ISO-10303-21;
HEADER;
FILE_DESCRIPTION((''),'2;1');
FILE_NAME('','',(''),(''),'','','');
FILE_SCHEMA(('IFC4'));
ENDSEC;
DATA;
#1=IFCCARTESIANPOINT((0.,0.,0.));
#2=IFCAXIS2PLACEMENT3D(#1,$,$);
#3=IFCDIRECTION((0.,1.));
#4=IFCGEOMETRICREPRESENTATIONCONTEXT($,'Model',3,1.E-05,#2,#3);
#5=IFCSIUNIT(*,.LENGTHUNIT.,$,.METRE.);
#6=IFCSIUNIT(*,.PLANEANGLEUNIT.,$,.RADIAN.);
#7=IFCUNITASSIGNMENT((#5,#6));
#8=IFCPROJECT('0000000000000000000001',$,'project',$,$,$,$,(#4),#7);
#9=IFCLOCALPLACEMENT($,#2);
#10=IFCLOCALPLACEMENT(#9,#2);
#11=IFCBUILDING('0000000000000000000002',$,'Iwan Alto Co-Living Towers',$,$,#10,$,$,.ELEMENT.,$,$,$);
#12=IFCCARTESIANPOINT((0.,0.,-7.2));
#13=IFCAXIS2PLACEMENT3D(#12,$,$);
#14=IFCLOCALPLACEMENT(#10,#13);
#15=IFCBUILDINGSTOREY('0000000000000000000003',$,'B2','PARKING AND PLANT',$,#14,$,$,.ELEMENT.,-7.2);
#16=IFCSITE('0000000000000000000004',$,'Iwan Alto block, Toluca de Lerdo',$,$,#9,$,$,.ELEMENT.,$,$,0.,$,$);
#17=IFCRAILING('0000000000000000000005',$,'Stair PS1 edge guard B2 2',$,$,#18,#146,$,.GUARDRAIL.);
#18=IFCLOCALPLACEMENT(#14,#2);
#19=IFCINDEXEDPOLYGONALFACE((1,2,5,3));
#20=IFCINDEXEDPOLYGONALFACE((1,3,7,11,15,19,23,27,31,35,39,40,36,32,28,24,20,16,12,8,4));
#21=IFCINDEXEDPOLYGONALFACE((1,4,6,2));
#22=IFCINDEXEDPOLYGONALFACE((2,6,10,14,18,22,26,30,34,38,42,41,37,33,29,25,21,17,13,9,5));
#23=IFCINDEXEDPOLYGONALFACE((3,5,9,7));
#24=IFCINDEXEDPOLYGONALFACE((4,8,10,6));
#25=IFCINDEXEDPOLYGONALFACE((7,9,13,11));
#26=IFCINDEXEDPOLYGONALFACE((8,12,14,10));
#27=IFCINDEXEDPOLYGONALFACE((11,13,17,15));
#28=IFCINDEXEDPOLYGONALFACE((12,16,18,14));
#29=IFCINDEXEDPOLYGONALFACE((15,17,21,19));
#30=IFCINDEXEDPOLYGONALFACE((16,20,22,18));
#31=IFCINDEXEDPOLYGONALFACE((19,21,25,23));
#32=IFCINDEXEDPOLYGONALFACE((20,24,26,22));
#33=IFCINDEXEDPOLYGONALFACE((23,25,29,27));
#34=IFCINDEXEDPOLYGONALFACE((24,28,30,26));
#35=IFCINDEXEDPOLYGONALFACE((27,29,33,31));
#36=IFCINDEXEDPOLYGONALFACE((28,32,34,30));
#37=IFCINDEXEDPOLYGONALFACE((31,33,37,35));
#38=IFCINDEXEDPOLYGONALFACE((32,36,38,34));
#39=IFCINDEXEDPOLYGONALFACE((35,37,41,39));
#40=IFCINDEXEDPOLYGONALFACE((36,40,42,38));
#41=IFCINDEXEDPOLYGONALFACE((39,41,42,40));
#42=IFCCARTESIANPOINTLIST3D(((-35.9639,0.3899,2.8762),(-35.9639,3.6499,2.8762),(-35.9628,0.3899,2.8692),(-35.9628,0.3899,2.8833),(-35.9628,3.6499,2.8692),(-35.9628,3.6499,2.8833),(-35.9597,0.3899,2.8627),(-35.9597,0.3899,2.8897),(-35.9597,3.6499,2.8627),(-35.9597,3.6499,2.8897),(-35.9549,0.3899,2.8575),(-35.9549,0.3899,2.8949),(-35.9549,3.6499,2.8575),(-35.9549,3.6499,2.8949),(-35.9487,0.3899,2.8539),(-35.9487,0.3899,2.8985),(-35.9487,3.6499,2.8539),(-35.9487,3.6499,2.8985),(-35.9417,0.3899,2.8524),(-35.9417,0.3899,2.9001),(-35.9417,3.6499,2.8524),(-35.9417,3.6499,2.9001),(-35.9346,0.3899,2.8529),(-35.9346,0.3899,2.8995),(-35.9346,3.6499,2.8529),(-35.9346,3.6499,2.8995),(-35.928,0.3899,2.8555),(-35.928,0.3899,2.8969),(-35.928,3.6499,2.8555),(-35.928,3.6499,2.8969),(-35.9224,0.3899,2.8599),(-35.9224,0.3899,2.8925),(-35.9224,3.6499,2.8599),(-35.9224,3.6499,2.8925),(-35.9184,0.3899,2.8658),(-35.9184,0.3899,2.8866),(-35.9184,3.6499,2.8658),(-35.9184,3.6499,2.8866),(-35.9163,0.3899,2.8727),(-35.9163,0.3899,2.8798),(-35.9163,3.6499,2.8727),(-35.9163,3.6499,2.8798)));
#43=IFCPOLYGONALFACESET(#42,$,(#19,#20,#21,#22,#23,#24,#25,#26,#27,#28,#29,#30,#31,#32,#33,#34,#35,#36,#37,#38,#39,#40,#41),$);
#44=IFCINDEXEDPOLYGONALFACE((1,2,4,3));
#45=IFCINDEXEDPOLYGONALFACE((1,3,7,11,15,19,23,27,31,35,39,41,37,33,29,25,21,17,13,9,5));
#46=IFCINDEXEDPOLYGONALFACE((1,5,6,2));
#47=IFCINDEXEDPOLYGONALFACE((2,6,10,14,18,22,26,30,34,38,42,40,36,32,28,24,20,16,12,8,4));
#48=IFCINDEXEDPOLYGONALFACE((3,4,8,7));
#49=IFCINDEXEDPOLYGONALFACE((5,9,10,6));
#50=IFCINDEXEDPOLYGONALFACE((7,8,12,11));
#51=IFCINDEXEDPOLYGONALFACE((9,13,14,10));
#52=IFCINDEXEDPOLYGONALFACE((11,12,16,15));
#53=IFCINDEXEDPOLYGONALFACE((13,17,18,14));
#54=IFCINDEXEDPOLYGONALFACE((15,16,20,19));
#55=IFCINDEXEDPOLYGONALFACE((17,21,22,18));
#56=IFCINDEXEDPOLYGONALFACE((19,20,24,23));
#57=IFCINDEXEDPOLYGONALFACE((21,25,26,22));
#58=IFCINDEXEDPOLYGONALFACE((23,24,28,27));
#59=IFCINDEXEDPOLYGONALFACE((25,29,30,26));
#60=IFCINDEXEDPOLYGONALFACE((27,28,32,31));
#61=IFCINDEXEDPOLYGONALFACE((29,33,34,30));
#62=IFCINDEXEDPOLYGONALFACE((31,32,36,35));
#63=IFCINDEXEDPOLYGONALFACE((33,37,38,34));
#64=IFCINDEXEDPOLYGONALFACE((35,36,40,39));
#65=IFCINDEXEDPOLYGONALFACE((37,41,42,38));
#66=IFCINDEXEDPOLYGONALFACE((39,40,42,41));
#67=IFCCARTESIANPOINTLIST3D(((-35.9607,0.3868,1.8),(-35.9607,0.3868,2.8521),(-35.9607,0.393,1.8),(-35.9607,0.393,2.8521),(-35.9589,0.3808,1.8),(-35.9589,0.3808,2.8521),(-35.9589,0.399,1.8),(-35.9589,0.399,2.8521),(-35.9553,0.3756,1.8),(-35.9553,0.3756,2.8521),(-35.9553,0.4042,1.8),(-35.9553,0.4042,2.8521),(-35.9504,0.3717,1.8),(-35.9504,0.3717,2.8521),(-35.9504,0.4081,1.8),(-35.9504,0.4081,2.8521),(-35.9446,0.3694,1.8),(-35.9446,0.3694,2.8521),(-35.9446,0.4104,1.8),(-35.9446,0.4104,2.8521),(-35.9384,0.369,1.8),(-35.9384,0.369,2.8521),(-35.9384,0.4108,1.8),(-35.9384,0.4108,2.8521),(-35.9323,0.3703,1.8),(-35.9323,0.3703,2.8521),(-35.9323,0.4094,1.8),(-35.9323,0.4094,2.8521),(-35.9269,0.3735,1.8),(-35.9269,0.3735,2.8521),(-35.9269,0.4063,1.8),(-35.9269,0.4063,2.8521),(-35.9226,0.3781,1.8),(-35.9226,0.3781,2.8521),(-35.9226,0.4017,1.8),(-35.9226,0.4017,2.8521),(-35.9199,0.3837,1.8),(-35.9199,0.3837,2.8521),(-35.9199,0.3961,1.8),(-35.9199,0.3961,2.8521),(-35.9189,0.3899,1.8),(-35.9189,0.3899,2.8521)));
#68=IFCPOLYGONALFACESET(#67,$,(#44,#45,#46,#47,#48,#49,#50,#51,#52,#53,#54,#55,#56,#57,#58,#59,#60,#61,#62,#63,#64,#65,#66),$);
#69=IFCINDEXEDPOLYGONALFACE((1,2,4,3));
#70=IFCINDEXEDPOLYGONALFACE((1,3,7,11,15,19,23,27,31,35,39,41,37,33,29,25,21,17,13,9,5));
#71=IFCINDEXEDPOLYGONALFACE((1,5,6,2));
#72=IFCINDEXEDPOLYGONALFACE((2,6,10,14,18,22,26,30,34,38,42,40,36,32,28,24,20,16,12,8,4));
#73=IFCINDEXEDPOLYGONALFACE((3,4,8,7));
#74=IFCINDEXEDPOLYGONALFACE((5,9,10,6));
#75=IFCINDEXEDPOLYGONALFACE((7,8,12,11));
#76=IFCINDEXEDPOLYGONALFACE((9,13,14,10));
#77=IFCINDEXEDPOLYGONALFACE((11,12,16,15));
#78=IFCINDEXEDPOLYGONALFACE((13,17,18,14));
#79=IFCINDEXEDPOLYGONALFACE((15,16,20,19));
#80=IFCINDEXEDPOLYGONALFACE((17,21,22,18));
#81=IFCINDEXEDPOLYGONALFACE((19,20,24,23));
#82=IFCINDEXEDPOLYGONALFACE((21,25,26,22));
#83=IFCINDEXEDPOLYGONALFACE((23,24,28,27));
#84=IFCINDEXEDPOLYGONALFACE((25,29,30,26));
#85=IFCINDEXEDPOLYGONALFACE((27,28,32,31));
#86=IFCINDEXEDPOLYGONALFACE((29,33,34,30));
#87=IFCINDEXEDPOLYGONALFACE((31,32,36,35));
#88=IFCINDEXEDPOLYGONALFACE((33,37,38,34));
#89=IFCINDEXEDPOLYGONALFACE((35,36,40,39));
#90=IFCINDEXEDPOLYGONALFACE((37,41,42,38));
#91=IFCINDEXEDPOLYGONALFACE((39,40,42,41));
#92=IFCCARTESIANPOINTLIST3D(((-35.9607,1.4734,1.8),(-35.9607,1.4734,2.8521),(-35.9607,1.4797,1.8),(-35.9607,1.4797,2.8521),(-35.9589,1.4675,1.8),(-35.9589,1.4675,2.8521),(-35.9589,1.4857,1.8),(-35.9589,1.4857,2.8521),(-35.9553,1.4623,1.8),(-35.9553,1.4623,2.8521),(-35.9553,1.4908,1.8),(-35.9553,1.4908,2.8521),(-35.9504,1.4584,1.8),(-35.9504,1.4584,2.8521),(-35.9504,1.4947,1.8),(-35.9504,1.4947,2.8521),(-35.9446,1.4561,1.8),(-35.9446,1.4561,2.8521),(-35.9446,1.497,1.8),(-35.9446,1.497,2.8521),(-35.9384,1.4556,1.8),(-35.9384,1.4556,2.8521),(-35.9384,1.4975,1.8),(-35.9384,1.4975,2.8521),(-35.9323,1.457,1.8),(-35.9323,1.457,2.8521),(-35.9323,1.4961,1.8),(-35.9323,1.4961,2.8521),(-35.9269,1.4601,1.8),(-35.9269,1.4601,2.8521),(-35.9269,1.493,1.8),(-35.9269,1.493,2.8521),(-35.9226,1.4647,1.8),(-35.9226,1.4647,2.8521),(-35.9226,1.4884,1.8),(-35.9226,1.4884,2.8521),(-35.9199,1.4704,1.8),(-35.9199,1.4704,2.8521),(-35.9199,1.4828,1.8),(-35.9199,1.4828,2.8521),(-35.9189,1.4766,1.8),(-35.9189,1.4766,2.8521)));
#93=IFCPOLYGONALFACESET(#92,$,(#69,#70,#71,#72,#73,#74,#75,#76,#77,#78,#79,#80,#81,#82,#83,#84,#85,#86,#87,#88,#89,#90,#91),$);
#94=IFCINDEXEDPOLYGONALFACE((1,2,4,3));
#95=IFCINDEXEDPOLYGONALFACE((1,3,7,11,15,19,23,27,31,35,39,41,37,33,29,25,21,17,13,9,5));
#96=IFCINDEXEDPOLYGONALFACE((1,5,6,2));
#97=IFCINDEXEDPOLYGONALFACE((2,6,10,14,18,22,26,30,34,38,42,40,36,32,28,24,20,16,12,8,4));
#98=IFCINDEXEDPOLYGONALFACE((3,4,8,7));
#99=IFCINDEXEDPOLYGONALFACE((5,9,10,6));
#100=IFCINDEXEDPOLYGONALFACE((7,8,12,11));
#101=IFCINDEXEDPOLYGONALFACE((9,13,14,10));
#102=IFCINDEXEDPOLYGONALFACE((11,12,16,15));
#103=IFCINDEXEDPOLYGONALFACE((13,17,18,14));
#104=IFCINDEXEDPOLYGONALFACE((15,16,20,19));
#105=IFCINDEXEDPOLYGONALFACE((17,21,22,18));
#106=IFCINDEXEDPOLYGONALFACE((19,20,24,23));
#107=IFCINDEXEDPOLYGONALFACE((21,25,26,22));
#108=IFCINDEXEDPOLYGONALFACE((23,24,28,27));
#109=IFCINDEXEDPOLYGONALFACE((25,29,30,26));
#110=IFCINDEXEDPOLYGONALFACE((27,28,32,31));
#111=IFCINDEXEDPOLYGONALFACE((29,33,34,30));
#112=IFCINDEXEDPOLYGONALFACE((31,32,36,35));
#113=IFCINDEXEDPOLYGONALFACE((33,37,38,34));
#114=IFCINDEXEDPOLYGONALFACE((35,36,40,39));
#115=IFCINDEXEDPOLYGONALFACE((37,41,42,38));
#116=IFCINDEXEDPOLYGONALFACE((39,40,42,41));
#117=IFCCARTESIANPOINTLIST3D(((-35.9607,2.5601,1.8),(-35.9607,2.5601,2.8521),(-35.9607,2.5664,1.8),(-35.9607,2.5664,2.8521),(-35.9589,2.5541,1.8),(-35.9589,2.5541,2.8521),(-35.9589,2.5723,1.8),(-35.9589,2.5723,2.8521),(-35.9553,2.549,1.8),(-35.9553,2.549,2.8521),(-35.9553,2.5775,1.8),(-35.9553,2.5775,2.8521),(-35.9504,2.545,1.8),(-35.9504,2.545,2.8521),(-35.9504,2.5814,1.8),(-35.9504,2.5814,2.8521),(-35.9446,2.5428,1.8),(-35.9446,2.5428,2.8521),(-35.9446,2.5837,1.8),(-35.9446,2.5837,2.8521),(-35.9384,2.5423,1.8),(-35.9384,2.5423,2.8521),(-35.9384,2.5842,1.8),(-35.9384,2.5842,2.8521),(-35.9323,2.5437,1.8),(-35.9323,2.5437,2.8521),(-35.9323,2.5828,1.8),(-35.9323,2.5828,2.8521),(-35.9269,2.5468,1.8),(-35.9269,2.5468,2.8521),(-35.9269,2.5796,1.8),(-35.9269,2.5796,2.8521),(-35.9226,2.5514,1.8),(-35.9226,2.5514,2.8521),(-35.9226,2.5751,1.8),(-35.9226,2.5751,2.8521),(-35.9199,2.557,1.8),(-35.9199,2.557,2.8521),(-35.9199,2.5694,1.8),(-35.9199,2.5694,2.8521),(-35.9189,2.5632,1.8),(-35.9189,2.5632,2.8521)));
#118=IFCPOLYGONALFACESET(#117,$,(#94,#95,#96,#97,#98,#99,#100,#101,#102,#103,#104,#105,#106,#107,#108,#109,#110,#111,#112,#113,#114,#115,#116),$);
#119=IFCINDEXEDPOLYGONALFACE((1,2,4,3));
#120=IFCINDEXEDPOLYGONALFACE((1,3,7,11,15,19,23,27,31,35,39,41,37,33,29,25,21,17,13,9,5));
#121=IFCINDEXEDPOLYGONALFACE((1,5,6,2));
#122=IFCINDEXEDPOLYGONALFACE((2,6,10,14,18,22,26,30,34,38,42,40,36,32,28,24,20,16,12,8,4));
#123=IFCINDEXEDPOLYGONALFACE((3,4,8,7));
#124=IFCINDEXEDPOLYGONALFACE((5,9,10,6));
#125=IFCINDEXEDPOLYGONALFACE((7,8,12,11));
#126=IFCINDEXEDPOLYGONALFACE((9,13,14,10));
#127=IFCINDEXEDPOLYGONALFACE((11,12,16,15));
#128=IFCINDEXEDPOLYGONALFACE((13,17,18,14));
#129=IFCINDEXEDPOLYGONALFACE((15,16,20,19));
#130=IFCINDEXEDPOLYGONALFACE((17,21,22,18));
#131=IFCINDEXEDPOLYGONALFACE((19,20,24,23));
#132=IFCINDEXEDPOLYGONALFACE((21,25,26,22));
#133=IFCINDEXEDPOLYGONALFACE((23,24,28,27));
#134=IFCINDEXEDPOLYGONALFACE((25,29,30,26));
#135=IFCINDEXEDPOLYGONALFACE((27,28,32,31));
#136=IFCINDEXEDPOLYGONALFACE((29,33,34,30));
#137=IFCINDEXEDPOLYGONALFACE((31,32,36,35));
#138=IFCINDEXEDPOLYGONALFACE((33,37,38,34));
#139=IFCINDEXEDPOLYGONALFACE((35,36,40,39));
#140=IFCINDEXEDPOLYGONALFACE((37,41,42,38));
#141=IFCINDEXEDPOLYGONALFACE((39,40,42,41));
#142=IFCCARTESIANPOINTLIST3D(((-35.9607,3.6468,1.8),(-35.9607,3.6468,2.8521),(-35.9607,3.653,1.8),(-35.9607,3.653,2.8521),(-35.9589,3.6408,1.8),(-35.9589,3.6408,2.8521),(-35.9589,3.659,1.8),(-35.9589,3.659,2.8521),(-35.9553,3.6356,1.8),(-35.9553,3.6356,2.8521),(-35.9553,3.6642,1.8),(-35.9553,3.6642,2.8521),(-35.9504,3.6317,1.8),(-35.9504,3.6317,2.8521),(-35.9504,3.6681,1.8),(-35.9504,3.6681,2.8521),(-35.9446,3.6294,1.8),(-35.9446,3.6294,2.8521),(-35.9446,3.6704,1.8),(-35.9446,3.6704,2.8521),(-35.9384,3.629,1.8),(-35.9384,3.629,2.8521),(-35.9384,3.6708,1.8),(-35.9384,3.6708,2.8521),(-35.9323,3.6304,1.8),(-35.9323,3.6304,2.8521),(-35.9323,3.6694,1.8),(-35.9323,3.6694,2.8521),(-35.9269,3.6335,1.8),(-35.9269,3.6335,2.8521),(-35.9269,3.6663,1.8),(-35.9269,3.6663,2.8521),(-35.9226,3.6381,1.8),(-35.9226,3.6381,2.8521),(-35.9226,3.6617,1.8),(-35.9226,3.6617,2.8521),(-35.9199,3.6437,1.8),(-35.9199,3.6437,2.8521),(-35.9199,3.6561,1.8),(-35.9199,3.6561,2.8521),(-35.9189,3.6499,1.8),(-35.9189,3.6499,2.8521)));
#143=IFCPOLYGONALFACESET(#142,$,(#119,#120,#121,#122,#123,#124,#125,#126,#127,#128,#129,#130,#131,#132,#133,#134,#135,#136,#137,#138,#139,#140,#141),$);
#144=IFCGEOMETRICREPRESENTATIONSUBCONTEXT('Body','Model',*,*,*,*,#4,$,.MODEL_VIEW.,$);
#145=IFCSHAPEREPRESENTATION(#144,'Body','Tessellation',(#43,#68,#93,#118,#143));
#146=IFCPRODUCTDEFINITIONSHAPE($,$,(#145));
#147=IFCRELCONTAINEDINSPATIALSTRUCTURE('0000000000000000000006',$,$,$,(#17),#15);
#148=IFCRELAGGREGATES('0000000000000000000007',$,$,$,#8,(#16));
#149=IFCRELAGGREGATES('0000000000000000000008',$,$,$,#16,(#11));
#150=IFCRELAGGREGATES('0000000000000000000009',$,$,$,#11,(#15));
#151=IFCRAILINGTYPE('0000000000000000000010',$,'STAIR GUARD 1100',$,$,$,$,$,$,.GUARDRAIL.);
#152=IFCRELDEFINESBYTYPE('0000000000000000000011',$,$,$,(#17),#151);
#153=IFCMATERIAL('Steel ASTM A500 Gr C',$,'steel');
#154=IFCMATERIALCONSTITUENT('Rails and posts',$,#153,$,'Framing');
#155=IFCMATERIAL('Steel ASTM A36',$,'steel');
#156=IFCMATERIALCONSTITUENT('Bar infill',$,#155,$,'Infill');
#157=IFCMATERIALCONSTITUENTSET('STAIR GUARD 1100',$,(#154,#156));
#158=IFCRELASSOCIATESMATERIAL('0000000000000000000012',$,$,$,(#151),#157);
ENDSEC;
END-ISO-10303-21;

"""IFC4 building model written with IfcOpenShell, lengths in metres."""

from ifc_helpers import new_model, si_unit, direction, frame, origin, origin_2d, place, context, subcontext, project, spatial, circle, extrude, material, constituent, constituent_set, type_object, element, save


model = new_model("IFC4")

# Units and contexts
model_context = context("Model", 3, precision=1e-05, world=origin(), true_north=direction((0.0, 1.0)))
body_context = subcontext(model_context, "Body", "Model", "MODEL_VIEW")
ifc_project = project(units=[si_unit("LENGTHUNIT", "METRE"), si_unit("PLANEANGLEUNIT", "RADIAN")], contexts=[model_context])

# Site, building, storey
site_placement = place(None, origin())
site = spatial("IfcSite", under=ifc_project, at=site_placement, Name="Iwan Alto block, Toluca de Lerdo", CompositionType="ELEMENT", RefElevation=0.0)
building_placement = place(site_placement, origin())
building = spatial("IfcBuilding", under=site, at=building_placement, Name="Iwan Alto Co-Living Towers", CompositionType="ELEMENT")
storey_placement = place(building_placement, frame((0.0, 0.0, -7.2)))
storey = spatial("IfcBuildingStorey", under=building, at=storey_placement, Name="B2", Description="PARKING AND PLANT", CompositionType="ELEMENT", Elevation=-7.2)

# Shared definitions
ifc_material_1 = material(Name="Steel ASTM A36", Category="steel")

# Railing
ifc_material_2 = material(Name="Steel ASTM A500 Gr C", Category="steel")
ifc_constituent_1 = constituent(ifc_material_2, Name="Rails and posts", Category="Framing")
ifc_constituent_2 = constituent(ifc_material_1, Name="Bar infill", Category="Infill")
ifc_constituent_set_1 = constituent_set(constituents=[ifc_constituent_1, ifc_constituent_2], Name="STAIR GUARD 1100")
railing_type_1 = type_object("IfcRailingType", Name="STAIR GUARD 1100", PredefinedType="GUARDRAIL", material=ifc_constituent_set_1)
railing_1_placement = place(storey_placement, frame((-35.9399, 0.3899, 1.8)))
element("IfcRailing", 1, at=railing_1_placement, inside=storey, type_object=railing_type_1, Name="Stair PS1 edge guard B2 2", PredefinedType="GUARDRAIL", context=body_context, shape_type="SweptSolid", body=[
    extrude(circle(Radius=0.0239, at=origin_2d()), frame((0.0, 0.0, 1.0762), z_axis=(0.0, 1.0, 0.0), x_axis=(-1.0, 0.0, 0.0)), (0.0, 0.0, 1.0), 3.26),
    extrude(circle(Radius=0.021, at=origin_2d()), origin(), (0.0, 0.0, 1.0), 1.052),
    extrude(circle(Radius=0.021, at=origin_2d()), frame((0.0, 1.0867, 0.0)), (0.0, 0.0, 1.0), 1.052),
    extrude(circle(Radius=0.021, at=origin_2d()), frame((0.0, 2.1733, 0.0)), (0.0, 0.0, 1.0), 1.052),
    extrude(circle(Radius=0.021, at=origin_2d()), frame((0.0, 3.26, 0.0)), (0.0, 0.0, 1.0), 1.052),
])

save(model, "model.ifc")
